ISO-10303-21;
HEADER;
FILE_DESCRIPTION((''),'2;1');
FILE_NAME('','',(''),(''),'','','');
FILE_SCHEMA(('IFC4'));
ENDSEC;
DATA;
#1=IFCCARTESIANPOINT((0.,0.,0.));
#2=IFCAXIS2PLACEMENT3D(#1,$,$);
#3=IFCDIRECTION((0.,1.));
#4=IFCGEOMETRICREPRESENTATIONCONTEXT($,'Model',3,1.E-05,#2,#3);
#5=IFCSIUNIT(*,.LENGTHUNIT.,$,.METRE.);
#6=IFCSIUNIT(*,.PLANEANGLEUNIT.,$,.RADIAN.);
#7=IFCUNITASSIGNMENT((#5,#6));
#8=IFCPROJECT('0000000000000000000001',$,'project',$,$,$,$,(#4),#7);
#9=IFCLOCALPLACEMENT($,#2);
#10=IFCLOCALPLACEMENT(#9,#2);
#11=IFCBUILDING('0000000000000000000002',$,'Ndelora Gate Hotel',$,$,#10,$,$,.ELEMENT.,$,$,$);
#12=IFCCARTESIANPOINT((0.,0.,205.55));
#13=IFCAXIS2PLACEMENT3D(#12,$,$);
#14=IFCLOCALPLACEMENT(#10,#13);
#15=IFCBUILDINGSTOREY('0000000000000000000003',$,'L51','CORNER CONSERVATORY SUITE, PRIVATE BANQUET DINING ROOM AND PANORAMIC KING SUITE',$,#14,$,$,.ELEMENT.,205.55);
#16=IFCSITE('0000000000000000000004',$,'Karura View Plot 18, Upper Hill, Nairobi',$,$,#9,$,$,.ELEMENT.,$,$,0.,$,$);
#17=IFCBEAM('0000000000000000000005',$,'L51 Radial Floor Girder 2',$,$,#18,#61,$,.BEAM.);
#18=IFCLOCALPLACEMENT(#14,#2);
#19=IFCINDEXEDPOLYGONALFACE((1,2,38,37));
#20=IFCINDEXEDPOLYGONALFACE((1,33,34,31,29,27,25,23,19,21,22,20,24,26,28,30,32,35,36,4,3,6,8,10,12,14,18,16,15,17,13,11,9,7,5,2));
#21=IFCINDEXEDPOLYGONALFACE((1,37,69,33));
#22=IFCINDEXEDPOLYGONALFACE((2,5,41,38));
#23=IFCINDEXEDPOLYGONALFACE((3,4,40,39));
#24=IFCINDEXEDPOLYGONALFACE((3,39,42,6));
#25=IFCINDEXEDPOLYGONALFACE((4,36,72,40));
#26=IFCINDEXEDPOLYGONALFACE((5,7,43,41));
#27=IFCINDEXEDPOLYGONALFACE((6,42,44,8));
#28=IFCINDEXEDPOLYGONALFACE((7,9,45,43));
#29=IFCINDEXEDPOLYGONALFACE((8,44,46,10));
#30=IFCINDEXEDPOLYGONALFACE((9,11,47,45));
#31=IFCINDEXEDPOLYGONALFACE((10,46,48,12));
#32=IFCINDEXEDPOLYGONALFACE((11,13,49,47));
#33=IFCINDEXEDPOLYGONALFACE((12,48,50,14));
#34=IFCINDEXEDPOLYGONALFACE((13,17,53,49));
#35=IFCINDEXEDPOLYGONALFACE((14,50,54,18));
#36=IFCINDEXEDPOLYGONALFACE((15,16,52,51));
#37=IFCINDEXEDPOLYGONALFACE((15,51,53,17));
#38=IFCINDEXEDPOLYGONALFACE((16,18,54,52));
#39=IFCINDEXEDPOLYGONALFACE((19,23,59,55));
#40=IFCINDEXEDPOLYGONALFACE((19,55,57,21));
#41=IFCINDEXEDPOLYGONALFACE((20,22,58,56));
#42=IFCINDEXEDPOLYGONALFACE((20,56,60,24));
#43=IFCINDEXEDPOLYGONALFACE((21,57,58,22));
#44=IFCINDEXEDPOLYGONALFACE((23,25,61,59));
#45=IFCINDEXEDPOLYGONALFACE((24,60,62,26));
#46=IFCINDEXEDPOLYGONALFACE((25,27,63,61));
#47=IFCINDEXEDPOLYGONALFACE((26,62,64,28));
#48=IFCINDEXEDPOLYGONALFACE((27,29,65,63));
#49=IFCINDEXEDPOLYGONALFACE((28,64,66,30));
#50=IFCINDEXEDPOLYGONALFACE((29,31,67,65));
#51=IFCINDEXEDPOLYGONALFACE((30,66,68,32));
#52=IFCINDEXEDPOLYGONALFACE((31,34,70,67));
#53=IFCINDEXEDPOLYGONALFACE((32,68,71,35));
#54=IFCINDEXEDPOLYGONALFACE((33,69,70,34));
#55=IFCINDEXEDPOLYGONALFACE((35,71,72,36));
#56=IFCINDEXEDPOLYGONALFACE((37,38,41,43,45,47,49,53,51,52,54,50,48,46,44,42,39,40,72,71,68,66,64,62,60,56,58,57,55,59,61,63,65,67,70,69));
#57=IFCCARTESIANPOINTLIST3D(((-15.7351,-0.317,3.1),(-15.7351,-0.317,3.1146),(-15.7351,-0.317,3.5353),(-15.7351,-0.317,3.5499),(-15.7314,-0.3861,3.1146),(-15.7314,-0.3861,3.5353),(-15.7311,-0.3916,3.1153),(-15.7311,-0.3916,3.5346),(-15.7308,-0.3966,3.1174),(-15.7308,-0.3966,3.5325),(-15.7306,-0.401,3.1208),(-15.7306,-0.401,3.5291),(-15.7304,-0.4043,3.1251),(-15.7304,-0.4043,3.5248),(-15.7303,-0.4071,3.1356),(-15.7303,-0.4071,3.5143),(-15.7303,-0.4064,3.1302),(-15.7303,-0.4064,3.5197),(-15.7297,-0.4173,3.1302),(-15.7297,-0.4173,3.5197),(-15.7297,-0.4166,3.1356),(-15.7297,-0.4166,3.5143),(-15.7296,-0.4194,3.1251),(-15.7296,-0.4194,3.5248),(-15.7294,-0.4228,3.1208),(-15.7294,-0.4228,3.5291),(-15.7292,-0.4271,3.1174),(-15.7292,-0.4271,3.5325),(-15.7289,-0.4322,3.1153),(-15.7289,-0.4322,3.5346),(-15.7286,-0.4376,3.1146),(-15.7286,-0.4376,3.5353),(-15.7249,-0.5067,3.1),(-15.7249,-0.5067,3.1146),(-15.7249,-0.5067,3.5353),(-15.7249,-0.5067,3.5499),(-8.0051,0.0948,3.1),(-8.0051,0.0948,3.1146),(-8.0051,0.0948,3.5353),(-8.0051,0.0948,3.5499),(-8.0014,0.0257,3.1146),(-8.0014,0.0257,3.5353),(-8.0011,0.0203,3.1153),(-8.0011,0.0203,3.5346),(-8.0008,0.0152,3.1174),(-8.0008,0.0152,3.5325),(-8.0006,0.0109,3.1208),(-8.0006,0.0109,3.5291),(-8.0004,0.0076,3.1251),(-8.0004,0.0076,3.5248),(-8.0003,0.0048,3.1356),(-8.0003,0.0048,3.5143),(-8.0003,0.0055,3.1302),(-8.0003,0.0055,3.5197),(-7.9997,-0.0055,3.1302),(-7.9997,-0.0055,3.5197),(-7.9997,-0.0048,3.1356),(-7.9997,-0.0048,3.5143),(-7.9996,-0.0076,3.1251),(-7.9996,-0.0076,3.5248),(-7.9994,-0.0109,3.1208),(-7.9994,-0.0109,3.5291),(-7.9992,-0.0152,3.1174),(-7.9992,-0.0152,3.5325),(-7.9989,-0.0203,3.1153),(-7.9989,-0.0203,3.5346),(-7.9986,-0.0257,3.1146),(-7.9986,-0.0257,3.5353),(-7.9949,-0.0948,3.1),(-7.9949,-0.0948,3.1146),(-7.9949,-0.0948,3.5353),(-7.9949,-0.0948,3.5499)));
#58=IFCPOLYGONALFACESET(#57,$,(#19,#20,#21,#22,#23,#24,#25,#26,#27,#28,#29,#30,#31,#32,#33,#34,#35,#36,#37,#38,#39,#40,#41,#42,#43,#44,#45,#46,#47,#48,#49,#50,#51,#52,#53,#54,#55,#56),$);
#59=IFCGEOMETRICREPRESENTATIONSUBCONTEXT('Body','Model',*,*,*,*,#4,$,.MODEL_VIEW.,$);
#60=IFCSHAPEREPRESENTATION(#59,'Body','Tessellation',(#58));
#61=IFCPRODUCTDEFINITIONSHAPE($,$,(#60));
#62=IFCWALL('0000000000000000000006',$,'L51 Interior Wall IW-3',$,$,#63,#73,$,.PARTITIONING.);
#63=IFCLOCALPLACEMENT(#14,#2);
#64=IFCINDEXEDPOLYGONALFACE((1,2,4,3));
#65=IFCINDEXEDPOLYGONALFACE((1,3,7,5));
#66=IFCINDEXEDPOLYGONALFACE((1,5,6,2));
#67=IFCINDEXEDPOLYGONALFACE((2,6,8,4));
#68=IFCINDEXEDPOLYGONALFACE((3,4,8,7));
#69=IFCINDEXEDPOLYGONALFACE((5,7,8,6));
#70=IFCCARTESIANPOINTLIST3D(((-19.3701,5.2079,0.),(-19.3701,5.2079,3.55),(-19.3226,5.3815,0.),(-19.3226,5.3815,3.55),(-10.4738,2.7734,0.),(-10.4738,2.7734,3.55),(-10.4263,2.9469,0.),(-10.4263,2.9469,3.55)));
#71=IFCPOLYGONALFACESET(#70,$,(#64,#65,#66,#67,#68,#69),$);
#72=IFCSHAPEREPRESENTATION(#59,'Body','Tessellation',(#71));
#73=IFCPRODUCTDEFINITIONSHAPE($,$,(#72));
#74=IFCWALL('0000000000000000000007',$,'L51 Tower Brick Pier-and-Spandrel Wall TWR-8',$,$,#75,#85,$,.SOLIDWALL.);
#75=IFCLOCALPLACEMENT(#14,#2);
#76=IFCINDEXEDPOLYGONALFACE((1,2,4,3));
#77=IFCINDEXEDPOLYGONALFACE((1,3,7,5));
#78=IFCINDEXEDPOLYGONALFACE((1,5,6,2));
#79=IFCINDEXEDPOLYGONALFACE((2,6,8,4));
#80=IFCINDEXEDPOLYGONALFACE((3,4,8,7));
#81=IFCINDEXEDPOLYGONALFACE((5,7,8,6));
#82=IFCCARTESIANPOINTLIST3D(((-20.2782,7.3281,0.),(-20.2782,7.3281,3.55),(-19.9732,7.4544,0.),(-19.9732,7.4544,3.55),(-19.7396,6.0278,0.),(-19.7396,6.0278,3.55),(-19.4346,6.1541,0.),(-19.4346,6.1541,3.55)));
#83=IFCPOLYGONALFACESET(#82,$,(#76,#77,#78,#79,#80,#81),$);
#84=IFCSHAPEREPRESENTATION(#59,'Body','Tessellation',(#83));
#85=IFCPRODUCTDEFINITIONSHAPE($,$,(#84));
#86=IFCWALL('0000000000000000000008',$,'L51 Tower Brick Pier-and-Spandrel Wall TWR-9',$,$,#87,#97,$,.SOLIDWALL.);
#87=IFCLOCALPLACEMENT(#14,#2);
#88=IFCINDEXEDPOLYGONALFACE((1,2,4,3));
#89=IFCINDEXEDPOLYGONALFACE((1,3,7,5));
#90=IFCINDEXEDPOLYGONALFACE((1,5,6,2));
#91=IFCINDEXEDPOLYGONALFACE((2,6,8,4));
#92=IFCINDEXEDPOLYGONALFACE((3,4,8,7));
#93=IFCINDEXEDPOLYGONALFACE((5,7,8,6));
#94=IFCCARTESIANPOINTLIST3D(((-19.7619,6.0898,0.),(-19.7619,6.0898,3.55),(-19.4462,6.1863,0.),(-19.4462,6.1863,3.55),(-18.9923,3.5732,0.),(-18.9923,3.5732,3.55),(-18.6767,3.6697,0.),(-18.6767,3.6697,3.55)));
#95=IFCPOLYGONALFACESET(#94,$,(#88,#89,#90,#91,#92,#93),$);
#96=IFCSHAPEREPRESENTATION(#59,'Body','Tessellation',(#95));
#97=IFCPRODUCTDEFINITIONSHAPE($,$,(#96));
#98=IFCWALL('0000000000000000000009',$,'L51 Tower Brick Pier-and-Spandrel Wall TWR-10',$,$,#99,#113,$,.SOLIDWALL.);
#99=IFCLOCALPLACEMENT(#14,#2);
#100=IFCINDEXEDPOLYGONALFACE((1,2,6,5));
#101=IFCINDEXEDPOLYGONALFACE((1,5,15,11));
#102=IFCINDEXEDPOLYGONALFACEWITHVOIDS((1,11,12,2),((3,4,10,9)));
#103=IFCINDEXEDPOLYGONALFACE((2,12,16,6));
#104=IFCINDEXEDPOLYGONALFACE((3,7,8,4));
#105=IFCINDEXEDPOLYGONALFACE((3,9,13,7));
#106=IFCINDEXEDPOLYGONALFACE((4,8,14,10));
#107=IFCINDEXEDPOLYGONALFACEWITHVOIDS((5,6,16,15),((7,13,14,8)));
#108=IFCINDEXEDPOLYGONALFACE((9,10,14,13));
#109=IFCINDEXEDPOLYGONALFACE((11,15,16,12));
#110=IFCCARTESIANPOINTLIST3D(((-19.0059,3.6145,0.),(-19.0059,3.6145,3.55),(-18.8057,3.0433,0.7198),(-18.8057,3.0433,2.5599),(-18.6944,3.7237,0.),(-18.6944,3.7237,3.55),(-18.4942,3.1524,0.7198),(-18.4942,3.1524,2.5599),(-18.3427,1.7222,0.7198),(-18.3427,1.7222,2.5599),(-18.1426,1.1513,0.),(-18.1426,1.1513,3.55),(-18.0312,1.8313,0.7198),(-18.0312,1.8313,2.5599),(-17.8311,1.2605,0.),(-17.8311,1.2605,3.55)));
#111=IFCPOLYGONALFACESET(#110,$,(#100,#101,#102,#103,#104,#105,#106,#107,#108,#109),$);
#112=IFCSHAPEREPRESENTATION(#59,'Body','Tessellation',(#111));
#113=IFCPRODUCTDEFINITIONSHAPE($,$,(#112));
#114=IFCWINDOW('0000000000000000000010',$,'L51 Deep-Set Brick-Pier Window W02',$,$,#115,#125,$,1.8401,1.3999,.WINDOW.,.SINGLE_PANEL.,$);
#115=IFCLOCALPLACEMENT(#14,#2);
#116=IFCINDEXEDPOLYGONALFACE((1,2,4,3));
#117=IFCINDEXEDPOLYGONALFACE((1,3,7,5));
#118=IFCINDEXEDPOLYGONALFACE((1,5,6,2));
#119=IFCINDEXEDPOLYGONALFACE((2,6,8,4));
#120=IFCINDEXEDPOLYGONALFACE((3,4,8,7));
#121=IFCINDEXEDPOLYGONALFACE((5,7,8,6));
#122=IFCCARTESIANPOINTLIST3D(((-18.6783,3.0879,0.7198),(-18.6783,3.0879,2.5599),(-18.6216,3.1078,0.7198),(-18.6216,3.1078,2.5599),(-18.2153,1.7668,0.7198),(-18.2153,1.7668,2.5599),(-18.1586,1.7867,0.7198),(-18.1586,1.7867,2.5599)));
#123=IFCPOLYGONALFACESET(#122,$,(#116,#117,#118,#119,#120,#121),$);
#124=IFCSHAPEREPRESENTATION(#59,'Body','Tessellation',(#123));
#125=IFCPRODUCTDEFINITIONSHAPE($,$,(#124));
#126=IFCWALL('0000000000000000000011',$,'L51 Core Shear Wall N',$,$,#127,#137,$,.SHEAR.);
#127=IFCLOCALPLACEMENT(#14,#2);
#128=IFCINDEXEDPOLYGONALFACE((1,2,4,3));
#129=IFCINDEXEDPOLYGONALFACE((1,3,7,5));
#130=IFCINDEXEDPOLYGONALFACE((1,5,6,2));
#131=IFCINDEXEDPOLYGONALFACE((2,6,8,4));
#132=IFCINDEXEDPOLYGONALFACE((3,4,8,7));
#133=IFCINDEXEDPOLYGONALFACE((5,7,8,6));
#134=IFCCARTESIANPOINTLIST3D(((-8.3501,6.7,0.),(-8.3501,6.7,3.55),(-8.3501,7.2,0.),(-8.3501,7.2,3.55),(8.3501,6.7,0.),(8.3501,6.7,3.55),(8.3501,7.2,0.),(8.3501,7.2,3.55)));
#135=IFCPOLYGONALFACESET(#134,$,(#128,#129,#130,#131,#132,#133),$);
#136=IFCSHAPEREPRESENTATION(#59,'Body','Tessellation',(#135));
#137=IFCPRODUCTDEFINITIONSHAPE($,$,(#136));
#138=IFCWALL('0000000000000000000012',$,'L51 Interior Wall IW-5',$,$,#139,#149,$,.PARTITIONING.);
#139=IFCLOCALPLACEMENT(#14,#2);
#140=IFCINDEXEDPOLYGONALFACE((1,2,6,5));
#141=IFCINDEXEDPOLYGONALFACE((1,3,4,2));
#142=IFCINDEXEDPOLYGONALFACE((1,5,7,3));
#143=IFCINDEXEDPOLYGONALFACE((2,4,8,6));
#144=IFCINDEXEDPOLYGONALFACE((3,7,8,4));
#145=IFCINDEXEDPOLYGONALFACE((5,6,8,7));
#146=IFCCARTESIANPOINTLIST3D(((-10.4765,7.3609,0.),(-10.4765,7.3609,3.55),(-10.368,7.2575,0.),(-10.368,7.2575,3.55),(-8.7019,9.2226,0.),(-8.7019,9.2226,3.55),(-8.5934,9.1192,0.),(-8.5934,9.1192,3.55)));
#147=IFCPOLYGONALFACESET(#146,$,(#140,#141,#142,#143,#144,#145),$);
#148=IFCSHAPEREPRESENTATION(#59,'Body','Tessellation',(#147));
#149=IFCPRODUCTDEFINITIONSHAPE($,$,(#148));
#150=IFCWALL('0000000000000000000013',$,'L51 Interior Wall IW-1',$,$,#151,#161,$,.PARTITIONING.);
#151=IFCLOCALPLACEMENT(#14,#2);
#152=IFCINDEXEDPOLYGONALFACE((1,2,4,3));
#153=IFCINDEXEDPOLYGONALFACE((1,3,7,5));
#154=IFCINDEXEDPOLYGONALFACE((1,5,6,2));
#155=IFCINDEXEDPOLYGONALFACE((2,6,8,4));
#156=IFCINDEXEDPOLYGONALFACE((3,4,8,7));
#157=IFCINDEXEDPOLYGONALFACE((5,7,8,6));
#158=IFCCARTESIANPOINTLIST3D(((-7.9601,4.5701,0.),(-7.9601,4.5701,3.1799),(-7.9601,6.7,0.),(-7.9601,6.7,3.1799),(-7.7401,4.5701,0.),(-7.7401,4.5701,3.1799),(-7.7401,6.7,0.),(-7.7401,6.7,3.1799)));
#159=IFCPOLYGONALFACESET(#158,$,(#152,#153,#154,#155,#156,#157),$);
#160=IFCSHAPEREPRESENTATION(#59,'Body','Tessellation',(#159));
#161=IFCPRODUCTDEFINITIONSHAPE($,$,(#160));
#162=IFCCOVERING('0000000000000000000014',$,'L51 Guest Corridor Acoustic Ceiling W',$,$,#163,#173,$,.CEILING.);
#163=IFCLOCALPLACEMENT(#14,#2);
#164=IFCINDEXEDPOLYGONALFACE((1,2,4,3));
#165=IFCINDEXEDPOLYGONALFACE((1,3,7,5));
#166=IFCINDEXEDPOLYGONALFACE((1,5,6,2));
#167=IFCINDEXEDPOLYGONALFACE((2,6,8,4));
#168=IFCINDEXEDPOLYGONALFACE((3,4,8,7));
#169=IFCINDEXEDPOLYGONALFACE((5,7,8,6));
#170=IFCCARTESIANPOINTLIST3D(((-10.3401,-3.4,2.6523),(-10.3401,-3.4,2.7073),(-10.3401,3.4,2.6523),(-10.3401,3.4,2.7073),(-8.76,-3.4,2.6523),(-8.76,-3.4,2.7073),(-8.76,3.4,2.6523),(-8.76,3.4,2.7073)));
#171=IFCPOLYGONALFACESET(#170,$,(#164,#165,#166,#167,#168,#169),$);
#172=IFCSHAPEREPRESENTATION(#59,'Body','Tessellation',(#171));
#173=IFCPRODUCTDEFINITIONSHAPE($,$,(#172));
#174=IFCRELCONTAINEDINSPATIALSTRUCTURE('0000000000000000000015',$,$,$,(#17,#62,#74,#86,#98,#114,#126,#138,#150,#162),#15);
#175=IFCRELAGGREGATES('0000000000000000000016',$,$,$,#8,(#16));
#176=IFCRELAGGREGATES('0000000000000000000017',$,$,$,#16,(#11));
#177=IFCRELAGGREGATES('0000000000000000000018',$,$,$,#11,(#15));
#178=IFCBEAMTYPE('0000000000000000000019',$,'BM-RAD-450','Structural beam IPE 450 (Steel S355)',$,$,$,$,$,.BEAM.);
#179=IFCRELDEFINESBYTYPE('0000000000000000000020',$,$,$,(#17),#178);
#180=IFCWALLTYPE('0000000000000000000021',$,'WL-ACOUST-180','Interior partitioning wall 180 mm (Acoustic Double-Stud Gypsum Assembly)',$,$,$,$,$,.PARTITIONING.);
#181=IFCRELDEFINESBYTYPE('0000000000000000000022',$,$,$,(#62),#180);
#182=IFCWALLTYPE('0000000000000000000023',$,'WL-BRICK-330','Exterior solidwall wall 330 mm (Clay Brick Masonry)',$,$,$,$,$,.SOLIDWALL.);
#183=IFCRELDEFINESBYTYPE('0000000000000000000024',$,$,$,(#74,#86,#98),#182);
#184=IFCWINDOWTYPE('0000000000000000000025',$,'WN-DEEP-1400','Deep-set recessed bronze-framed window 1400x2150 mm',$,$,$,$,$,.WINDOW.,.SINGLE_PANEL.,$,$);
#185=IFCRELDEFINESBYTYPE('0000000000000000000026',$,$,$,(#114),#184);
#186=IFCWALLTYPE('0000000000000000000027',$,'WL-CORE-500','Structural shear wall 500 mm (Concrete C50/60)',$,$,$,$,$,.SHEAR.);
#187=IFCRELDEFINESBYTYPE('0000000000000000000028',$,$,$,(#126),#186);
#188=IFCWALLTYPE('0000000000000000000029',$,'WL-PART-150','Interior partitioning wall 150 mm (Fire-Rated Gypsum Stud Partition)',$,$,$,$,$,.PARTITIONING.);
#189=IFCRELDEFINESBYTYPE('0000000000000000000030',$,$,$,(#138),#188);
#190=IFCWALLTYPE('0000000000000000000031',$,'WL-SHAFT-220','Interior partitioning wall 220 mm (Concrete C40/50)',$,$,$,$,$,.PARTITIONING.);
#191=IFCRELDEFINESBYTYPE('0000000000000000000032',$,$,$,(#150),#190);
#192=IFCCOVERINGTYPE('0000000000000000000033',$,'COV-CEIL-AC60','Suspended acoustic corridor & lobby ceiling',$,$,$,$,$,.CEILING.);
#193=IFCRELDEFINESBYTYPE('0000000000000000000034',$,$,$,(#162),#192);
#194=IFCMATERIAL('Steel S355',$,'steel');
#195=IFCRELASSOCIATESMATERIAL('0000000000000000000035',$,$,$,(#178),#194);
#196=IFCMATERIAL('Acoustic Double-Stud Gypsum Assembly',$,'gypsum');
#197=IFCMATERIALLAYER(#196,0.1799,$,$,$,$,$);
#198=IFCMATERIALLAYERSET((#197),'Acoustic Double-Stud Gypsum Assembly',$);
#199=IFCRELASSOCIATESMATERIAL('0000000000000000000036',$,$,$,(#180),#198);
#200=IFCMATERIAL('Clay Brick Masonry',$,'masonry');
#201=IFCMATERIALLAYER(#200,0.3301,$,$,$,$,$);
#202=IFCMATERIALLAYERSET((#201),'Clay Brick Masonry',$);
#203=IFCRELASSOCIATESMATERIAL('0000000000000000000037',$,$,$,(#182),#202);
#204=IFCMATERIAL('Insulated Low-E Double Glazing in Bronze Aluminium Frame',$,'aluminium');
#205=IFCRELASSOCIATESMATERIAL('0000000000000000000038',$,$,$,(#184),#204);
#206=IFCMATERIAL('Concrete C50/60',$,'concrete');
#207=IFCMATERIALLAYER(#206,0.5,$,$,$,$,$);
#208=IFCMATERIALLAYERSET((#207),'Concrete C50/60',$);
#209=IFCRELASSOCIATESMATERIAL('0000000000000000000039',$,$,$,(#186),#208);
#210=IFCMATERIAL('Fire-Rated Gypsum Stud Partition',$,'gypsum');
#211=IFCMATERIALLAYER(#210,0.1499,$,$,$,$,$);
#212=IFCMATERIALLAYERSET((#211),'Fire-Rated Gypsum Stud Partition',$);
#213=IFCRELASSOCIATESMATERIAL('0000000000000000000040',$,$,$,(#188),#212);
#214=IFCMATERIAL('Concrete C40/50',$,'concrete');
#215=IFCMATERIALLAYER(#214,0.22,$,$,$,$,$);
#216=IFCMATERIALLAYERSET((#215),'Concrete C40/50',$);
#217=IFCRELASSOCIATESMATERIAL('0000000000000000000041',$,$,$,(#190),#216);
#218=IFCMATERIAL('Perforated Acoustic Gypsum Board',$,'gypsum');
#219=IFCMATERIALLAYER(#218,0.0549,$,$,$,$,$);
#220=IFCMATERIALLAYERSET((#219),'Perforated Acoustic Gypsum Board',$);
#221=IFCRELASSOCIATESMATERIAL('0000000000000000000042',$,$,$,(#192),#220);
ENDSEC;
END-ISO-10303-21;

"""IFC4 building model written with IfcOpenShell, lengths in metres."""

from ifc_helpers import new_model, si_unit, direction, frame, frame_2d, origin, origin_2d, place, context, subcontext, project, spatial, rectangle, i_section, extrude, material, layer, layer_set, material_profile, profile_set, type_object, element, fill, save


model = new_model("IFC4")

# Units and contexts
model_context = context("Model", 3, precision=1e-05, world=origin(), true_north=direction((0.0, 1.0)))
body_context = subcontext(model_context, "Body", "Model", "MODEL_VIEW")
ifc_project = project(units=[si_unit("LENGTHUNIT", "METRE"), si_unit("PLANEANGLEUNIT", "RADIAN")], contexts=[model_context])

# Site, building, storey
site_placement = place(None, origin())
site = spatial("IfcSite", under=ifc_project, at=site_placement, Name="Karura View Plot 18, Upper Hill, Nairobi", CompositionType="ELEMENT", RefElevation=0.0)
building_placement = place(site_placement, origin())
building = spatial("IfcBuilding", under=site, at=building_placement, Name="Ndelora Gate Hotel", CompositionType="ELEMENT")
storey_placement = place(building_placement, frame((0.0, 0.0, 205.55)))
storey = spatial("IfcBuildingStorey", under=building, at=storey_placement, Name="L51", Description="CORNER CONSERVATORY SUITE, PRIVATE BANQUET DINING ROOM AND PANORAMIC KING SUITE", CompositionType="ELEMENT", Elevation=205.55)

# Shared definitions
ifc_material_1 = material(Name="Concrete C50/60", Category="concrete")

# Beam
ifc_material_2 = material(Name="Steel S355", Category="steel")
ifc_material_profile_1 = material_profile(ifc_material_2, i_section(OverallWidth=0.1899, OverallDepth=0.45, WebThickness=0.0095, FlangeThickness=0.0146, FilletRadius=0.021, at=origin_2d()), Name="IPE 450")
ifc_profile_set_1 = profile_set([ifc_material_profile_1], Name="Steel S355")
beam_type_1 = type_object("IfcBeamType", Name="BM-RAD-450", Description="Structural beam IPE 450 (Steel S355)", PredefinedType="BEAM", material=ifc_profile_set_1)
beam_1_placement = place(storey_placement, frame((-8.0, 0.0, 3.325), z_axis=(-0.998584, -0.053206, 0.0), x_axis=(0.053206, -0.998584, 0.0)))
element("IfcBeam", 1, at=beam_1_placement, inside=storey, type_object=beam_type_1, Name="L51 Radial Floor Girder 2", PredefinedType="BEAM", context=body_context, shape_type="SweptSolid", body=[
    extrude(i_section(OverallWidth=0.1899, OverallDepth=0.45, WebThickness=0.0095, FlangeThickness=0.0146, FilletRadius=0.021, at=origin_2d()), origin(), (0.0, 0.0, 1.0), 7.741),
])

# Walls
ifc_material_3 = material(Name="Acoustic Double-Stud Gypsum Assembly", Category="gypsum")
ifc_layer_1 = layer(ifc_material_3, 0.1799)
ifc_layer_set_1 = layer_set([ifc_layer_1], Name="Acoustic Double-Stud Gypsum Assembly")
wall_type_1 = type_object("IfcWallType", Name="WL-ACOUST-180", Description="Interior partitioning wall 180 mm (Acoustic Double-Stud Gypsum Assembly)", PredefinedType="PARTITIONING", material=ifc_layer_set_1)
wall_1_placement = place(storey_placement, frame((-10.45, 2.8601, 0.0), z_axis=(0.0, 0.0, 1.0), x_axis=(-0.964534, 0.263957, 0.0)))
element("IfcWall", 2, at=wall_1_placement, inside=storey, type_object=wall_type_1, Name="L51 Interior Wall IW-3", PredefinedType="PARTITIONING", context=body_context, shape_type="SweptSolid", body=[
    extrude(rectangle(XDim=9.2234, YDim=0.1799, at=frame_2d((4.6118, 0.0))), origin(), (0.0, 0.0, 1.0), 3.55),
])
ifc_material_4 = material(Name="Clay Brick Masonry", Category="masonry")
ifc_layer_2 = layer(ifc_material_4, 0.3301)
ifc_layer_set_2 = layer_set([ifc_layer_2], Name="Clay Brick Masonry")
wall_type_2 = type_object("IfcWallType", Name="WL-BRICK-330", Description="Exterior solidwall wall 330 mm (Clay Brick Masonry)", PredefinedType="SOLIDWALL", material=ifc_layer_set_2)
wall_2_placement = place(storey_placement, frame((-19.5872, 6.0911, 0.0), z_axis=(0.0, 0.0, 1.0), x_axis=(-0.382668, 0.923886, 0.0)))
element("IfcWall", 3, at=wall_2_placement, inside=storey, type_object=wall_type_2, Name="L51 Tower Brick Pier-and-Spandrel Wall TWR-8", PredefinedType="SOLIDWALL", context=body_context, shape_type="SweptSolid", body=[
    extrude(rectangle(XDim=1.4075, YDim=0.3301, at=frame_2d((0.7036, 0.0))), origin(), (0.0, 0.0, 1.0), 3.55),
])
wall_3_placement = place(storey_placement, frame((-18.8345, 3.6213, 0.0), z_axis=(0.0, 0.0, 1.0), x_axis=(-0.292417, 0.956291, 0.0)))
element("IfcWall", 4, at=wall_3_placement, inside=storey, type_object=wall_type_2, Name="L51 Tower Brick Pier-and-Spandrel Wall TWR-9", PredefinedType="SOLIDWALL", context=body_context, shape_type="SweptSolid", body=[
    extrude(rectangle(XDim=2.6316, YDim=0.3301, at=frame_2d((1.3159, 0.0))), origin(), (0.0, 0.0, 1.0), 3.55),
])

# Wall, opening, window
wall_4_placement = place(storey_placement, frame((-17.9868, 1.2058, 0.0), z_axis=(0.0, 0.0, 1.0), x_axis=(-0.330755, 0.943717, 0.0)))
wall_4 = element("IfcWall", 5, at=wall_4_placement, inside=storey, type_object=wall_type_2, Name="L51 Tower Brick Pier-and-Spandrel Wall TWR-10", PredefinedType="SOLIDWALL", context=body_context, shape_type="SweptSolid", body=[
    extrude(rectangle(XDim=2.6101, YDim=0.3301, at=frame_2d((1.3052, 0.0))), origin(), (0.0, 0.0, 1.0), 3.55),
])
opening_1_placement = place(wall_4_placement, frame((0.605, 0.0, 0.72)))
opening_1 = element("IfcOpeningElement", 6, at=opening_1_placement, cuts=wall_4, PredefinedType="OPENING", context=body_context, shape_type="SweptSolid", body=[
    extrude(rectangle(XDim=1.3999, YDim=1.8401, at=frame_2d((0.7, 0.9199))), frame((0.0, 0.175, 0.0), z_axis=(0.0, -1.0, 0.0), x_axis=(1.0, 0.0, 0.0)), (0.0, 0.0, 1.0), 0.3501),
])
ifc_material_5 = material(Name="Insulated Low-E Double Glazing in Bronze Aluminium Frame", Category="aluminium")
window_type = type_object("IfcWindowType", Name="WN-DEEP-1400", Description="Deep-set recessed bronze-framed window 1400x2150 mm", PartitioningType="SINGLE_PANEL", PredefinedType="WINDOW", material=ifc_material_5)
window_placement = place(opening_1_placement, origin())
window = element("IfcWindow", 7, at=window_placement, inside=storey, type_object=window_type, Name="L51 Deep-Set Brick-Pier Window W02", OverallHeight=1.8401, OverallWidth=1.3999, PartitioningType="SINGLE_PANEL", PredefinedType="WINDOW", context=body_context, shape_type="SweptSolid", body=[
    extrude(rectangle(XDim=1.3999, YDim=1.8401, at=frame_2d((0.7, 0.9199))), frame((0.0, 0.03, 0.0), z_axis=(0.0, -1.0, 0.0), x_axis=(1.0, 0.0, 0.0)), (0.0, 0.0, 1.0), 0.0601),
])
fill(opening_1, window)

# Wall
ifc_layer_3 = layer(ifc_material_1, 0.5)
ifc_layer_set_3 = layer_set([ifc_layer_3], Name="Concrete C50/60")
wall_type_3 = type_object("IfcWallType", Name="WL-CORE-500", Description="Structural shear wall 500 mm (Concrete C50/60)", PredefinedType="SHEAR", material=ifc_layer_set_3)
wall_5_placement = place(storey_placement, frame((-8.3501, 6.95, 0.0), z_axis=(0.0, 0.0, 1.0), x_axis=(1.0, 0.0, 0.0)))
element("IfcWall", 8, at=wall_5_placement, inside=storey, type_object=wall_type_3, Name="L51 Core Shear Wall N", PredefinedType="SHEAR", context=body_context, shape_type="SweptSolid", body=[
    extrude(rectangle(XDim=16.7002, YDim=0.5, at=frame_2d((8.3501, 0.0))), origin(), (0.0, 0.0, 1.0), 3.55),
])

# Shared definitions
ifc_material_6 = material(Name="Concrete C40/50", Category="concrete")

# Wall
ifc_material_7 = material(Name="Fire-Rated Gypsum Stud Partition", Category="gypsum")
ifc_layer_4 = layer(ifc_material_7, 0.1499)
ifc_layer_set_4 = layer_set([ifc_layer_4], Name="Fire-Rated Gypsum Stud Partition")
wall_type_4 = type_object("IfcWallType", Name="WL-PART-150", Description="Interior partitioning wall 150 mm (Fire-Rated Gypsum Stud Partition)", PredefinedType="PARTITIONING", material=ifc_layer_set_4)
wall_6_placement = place(storey_placement, frame((-10.4224, 7.3091, 0.0), z_axis=(0.0, 0.0, 1.0), x_axis=(0.689961, 0.723847, 0.0)))
element("IfcWall", 9, at=wall_6_placement, inside=storey, type_object=wall_type_4, Name="L51 Interior Wall IW-5", PredefinedType="PARTITIONING", context=body_context, shape_type="SweptSolid", body=[
    extrude(rectangle(XDim=2.572, YDim=0.1499, at=frame_2d((1.2861, 0.0))), origin(), (0.0, 0.0, 1.0), 3.55),
])

# Shared definitions
ifc_layer_5 = layer(ifc_material_6, 0.22)
ifc_layer_set_5 = layer_set([ifc_layer_5], Name="Concrete C40/50")
wall_type_5 = type_object("IfcWallType", Name="WL-SHAFT-220", Description="Interior partitioning wall 220 mm (Concrete C40/50)", PredefinedType="PARTITIONING", material=ifc_layer_set_5)

# Wall
wall_7_placement = place(storey_placement, frame((-7.8501, 4.5701, 0.0), z_axis=(0.0, 0.0, 1.0), x_axis=(0.0, 1.0, 0.0)))
element("IfcWall", 10, at=wall_7_placement, inside=storey, type_object=wall_type_5, Name="L51 Interior Wall IW-1", PredefinedType="PARTITIONING", context=body_context, shape_type="SweptSolid", body=[
    extrude(rectangle(XDim=2.1299, YDim=0.22, at=frame_2d((1.0649, 0.0))), origin(), (0.0, 0.0, 1.0), 3.1799),
])

# Covering
ifc_material_8 = material(Name="Perforated Acoustic Gypsum Board", Category="gypsum")
ifc_layer_6 = layer(ifc_material_8, 0.0549)
ifc_layer_set_6 = layer_set([ifc_layer_6], Name="Perforated Acoustic Gypsum Board")
covering_type_1 = type_object("IfcCoveringType", Name="COV-CEIL-AC60", Description="Suspended acoustic corridor & lobby ceiling", PredefinedType="CEILING", material=ifc_layer_set_6)
covering_1_placement = place(storey_placement, frame((-9.55, 0.0, 2.6523), z_axis=(0.0, 0.0, 1.0), x_axis=(1.0, 0.0, 0.0)))
element("IfcCovering", 11, at=covering_1_placement, inside=storey, type_object=covering_type_1, Name="L51 Guest Corridor Acoustic Ceiling W", PredefinedType="CEILING", context=body_context, shape_type="SweptSolid", body=[
    extrude(rectangle(XDim=1.5801, YDim=6.8, at=origin_2d()), origin(), (0.0, 0.0, 1.0), 0.0549),
])

save(model, "model.ifc")
